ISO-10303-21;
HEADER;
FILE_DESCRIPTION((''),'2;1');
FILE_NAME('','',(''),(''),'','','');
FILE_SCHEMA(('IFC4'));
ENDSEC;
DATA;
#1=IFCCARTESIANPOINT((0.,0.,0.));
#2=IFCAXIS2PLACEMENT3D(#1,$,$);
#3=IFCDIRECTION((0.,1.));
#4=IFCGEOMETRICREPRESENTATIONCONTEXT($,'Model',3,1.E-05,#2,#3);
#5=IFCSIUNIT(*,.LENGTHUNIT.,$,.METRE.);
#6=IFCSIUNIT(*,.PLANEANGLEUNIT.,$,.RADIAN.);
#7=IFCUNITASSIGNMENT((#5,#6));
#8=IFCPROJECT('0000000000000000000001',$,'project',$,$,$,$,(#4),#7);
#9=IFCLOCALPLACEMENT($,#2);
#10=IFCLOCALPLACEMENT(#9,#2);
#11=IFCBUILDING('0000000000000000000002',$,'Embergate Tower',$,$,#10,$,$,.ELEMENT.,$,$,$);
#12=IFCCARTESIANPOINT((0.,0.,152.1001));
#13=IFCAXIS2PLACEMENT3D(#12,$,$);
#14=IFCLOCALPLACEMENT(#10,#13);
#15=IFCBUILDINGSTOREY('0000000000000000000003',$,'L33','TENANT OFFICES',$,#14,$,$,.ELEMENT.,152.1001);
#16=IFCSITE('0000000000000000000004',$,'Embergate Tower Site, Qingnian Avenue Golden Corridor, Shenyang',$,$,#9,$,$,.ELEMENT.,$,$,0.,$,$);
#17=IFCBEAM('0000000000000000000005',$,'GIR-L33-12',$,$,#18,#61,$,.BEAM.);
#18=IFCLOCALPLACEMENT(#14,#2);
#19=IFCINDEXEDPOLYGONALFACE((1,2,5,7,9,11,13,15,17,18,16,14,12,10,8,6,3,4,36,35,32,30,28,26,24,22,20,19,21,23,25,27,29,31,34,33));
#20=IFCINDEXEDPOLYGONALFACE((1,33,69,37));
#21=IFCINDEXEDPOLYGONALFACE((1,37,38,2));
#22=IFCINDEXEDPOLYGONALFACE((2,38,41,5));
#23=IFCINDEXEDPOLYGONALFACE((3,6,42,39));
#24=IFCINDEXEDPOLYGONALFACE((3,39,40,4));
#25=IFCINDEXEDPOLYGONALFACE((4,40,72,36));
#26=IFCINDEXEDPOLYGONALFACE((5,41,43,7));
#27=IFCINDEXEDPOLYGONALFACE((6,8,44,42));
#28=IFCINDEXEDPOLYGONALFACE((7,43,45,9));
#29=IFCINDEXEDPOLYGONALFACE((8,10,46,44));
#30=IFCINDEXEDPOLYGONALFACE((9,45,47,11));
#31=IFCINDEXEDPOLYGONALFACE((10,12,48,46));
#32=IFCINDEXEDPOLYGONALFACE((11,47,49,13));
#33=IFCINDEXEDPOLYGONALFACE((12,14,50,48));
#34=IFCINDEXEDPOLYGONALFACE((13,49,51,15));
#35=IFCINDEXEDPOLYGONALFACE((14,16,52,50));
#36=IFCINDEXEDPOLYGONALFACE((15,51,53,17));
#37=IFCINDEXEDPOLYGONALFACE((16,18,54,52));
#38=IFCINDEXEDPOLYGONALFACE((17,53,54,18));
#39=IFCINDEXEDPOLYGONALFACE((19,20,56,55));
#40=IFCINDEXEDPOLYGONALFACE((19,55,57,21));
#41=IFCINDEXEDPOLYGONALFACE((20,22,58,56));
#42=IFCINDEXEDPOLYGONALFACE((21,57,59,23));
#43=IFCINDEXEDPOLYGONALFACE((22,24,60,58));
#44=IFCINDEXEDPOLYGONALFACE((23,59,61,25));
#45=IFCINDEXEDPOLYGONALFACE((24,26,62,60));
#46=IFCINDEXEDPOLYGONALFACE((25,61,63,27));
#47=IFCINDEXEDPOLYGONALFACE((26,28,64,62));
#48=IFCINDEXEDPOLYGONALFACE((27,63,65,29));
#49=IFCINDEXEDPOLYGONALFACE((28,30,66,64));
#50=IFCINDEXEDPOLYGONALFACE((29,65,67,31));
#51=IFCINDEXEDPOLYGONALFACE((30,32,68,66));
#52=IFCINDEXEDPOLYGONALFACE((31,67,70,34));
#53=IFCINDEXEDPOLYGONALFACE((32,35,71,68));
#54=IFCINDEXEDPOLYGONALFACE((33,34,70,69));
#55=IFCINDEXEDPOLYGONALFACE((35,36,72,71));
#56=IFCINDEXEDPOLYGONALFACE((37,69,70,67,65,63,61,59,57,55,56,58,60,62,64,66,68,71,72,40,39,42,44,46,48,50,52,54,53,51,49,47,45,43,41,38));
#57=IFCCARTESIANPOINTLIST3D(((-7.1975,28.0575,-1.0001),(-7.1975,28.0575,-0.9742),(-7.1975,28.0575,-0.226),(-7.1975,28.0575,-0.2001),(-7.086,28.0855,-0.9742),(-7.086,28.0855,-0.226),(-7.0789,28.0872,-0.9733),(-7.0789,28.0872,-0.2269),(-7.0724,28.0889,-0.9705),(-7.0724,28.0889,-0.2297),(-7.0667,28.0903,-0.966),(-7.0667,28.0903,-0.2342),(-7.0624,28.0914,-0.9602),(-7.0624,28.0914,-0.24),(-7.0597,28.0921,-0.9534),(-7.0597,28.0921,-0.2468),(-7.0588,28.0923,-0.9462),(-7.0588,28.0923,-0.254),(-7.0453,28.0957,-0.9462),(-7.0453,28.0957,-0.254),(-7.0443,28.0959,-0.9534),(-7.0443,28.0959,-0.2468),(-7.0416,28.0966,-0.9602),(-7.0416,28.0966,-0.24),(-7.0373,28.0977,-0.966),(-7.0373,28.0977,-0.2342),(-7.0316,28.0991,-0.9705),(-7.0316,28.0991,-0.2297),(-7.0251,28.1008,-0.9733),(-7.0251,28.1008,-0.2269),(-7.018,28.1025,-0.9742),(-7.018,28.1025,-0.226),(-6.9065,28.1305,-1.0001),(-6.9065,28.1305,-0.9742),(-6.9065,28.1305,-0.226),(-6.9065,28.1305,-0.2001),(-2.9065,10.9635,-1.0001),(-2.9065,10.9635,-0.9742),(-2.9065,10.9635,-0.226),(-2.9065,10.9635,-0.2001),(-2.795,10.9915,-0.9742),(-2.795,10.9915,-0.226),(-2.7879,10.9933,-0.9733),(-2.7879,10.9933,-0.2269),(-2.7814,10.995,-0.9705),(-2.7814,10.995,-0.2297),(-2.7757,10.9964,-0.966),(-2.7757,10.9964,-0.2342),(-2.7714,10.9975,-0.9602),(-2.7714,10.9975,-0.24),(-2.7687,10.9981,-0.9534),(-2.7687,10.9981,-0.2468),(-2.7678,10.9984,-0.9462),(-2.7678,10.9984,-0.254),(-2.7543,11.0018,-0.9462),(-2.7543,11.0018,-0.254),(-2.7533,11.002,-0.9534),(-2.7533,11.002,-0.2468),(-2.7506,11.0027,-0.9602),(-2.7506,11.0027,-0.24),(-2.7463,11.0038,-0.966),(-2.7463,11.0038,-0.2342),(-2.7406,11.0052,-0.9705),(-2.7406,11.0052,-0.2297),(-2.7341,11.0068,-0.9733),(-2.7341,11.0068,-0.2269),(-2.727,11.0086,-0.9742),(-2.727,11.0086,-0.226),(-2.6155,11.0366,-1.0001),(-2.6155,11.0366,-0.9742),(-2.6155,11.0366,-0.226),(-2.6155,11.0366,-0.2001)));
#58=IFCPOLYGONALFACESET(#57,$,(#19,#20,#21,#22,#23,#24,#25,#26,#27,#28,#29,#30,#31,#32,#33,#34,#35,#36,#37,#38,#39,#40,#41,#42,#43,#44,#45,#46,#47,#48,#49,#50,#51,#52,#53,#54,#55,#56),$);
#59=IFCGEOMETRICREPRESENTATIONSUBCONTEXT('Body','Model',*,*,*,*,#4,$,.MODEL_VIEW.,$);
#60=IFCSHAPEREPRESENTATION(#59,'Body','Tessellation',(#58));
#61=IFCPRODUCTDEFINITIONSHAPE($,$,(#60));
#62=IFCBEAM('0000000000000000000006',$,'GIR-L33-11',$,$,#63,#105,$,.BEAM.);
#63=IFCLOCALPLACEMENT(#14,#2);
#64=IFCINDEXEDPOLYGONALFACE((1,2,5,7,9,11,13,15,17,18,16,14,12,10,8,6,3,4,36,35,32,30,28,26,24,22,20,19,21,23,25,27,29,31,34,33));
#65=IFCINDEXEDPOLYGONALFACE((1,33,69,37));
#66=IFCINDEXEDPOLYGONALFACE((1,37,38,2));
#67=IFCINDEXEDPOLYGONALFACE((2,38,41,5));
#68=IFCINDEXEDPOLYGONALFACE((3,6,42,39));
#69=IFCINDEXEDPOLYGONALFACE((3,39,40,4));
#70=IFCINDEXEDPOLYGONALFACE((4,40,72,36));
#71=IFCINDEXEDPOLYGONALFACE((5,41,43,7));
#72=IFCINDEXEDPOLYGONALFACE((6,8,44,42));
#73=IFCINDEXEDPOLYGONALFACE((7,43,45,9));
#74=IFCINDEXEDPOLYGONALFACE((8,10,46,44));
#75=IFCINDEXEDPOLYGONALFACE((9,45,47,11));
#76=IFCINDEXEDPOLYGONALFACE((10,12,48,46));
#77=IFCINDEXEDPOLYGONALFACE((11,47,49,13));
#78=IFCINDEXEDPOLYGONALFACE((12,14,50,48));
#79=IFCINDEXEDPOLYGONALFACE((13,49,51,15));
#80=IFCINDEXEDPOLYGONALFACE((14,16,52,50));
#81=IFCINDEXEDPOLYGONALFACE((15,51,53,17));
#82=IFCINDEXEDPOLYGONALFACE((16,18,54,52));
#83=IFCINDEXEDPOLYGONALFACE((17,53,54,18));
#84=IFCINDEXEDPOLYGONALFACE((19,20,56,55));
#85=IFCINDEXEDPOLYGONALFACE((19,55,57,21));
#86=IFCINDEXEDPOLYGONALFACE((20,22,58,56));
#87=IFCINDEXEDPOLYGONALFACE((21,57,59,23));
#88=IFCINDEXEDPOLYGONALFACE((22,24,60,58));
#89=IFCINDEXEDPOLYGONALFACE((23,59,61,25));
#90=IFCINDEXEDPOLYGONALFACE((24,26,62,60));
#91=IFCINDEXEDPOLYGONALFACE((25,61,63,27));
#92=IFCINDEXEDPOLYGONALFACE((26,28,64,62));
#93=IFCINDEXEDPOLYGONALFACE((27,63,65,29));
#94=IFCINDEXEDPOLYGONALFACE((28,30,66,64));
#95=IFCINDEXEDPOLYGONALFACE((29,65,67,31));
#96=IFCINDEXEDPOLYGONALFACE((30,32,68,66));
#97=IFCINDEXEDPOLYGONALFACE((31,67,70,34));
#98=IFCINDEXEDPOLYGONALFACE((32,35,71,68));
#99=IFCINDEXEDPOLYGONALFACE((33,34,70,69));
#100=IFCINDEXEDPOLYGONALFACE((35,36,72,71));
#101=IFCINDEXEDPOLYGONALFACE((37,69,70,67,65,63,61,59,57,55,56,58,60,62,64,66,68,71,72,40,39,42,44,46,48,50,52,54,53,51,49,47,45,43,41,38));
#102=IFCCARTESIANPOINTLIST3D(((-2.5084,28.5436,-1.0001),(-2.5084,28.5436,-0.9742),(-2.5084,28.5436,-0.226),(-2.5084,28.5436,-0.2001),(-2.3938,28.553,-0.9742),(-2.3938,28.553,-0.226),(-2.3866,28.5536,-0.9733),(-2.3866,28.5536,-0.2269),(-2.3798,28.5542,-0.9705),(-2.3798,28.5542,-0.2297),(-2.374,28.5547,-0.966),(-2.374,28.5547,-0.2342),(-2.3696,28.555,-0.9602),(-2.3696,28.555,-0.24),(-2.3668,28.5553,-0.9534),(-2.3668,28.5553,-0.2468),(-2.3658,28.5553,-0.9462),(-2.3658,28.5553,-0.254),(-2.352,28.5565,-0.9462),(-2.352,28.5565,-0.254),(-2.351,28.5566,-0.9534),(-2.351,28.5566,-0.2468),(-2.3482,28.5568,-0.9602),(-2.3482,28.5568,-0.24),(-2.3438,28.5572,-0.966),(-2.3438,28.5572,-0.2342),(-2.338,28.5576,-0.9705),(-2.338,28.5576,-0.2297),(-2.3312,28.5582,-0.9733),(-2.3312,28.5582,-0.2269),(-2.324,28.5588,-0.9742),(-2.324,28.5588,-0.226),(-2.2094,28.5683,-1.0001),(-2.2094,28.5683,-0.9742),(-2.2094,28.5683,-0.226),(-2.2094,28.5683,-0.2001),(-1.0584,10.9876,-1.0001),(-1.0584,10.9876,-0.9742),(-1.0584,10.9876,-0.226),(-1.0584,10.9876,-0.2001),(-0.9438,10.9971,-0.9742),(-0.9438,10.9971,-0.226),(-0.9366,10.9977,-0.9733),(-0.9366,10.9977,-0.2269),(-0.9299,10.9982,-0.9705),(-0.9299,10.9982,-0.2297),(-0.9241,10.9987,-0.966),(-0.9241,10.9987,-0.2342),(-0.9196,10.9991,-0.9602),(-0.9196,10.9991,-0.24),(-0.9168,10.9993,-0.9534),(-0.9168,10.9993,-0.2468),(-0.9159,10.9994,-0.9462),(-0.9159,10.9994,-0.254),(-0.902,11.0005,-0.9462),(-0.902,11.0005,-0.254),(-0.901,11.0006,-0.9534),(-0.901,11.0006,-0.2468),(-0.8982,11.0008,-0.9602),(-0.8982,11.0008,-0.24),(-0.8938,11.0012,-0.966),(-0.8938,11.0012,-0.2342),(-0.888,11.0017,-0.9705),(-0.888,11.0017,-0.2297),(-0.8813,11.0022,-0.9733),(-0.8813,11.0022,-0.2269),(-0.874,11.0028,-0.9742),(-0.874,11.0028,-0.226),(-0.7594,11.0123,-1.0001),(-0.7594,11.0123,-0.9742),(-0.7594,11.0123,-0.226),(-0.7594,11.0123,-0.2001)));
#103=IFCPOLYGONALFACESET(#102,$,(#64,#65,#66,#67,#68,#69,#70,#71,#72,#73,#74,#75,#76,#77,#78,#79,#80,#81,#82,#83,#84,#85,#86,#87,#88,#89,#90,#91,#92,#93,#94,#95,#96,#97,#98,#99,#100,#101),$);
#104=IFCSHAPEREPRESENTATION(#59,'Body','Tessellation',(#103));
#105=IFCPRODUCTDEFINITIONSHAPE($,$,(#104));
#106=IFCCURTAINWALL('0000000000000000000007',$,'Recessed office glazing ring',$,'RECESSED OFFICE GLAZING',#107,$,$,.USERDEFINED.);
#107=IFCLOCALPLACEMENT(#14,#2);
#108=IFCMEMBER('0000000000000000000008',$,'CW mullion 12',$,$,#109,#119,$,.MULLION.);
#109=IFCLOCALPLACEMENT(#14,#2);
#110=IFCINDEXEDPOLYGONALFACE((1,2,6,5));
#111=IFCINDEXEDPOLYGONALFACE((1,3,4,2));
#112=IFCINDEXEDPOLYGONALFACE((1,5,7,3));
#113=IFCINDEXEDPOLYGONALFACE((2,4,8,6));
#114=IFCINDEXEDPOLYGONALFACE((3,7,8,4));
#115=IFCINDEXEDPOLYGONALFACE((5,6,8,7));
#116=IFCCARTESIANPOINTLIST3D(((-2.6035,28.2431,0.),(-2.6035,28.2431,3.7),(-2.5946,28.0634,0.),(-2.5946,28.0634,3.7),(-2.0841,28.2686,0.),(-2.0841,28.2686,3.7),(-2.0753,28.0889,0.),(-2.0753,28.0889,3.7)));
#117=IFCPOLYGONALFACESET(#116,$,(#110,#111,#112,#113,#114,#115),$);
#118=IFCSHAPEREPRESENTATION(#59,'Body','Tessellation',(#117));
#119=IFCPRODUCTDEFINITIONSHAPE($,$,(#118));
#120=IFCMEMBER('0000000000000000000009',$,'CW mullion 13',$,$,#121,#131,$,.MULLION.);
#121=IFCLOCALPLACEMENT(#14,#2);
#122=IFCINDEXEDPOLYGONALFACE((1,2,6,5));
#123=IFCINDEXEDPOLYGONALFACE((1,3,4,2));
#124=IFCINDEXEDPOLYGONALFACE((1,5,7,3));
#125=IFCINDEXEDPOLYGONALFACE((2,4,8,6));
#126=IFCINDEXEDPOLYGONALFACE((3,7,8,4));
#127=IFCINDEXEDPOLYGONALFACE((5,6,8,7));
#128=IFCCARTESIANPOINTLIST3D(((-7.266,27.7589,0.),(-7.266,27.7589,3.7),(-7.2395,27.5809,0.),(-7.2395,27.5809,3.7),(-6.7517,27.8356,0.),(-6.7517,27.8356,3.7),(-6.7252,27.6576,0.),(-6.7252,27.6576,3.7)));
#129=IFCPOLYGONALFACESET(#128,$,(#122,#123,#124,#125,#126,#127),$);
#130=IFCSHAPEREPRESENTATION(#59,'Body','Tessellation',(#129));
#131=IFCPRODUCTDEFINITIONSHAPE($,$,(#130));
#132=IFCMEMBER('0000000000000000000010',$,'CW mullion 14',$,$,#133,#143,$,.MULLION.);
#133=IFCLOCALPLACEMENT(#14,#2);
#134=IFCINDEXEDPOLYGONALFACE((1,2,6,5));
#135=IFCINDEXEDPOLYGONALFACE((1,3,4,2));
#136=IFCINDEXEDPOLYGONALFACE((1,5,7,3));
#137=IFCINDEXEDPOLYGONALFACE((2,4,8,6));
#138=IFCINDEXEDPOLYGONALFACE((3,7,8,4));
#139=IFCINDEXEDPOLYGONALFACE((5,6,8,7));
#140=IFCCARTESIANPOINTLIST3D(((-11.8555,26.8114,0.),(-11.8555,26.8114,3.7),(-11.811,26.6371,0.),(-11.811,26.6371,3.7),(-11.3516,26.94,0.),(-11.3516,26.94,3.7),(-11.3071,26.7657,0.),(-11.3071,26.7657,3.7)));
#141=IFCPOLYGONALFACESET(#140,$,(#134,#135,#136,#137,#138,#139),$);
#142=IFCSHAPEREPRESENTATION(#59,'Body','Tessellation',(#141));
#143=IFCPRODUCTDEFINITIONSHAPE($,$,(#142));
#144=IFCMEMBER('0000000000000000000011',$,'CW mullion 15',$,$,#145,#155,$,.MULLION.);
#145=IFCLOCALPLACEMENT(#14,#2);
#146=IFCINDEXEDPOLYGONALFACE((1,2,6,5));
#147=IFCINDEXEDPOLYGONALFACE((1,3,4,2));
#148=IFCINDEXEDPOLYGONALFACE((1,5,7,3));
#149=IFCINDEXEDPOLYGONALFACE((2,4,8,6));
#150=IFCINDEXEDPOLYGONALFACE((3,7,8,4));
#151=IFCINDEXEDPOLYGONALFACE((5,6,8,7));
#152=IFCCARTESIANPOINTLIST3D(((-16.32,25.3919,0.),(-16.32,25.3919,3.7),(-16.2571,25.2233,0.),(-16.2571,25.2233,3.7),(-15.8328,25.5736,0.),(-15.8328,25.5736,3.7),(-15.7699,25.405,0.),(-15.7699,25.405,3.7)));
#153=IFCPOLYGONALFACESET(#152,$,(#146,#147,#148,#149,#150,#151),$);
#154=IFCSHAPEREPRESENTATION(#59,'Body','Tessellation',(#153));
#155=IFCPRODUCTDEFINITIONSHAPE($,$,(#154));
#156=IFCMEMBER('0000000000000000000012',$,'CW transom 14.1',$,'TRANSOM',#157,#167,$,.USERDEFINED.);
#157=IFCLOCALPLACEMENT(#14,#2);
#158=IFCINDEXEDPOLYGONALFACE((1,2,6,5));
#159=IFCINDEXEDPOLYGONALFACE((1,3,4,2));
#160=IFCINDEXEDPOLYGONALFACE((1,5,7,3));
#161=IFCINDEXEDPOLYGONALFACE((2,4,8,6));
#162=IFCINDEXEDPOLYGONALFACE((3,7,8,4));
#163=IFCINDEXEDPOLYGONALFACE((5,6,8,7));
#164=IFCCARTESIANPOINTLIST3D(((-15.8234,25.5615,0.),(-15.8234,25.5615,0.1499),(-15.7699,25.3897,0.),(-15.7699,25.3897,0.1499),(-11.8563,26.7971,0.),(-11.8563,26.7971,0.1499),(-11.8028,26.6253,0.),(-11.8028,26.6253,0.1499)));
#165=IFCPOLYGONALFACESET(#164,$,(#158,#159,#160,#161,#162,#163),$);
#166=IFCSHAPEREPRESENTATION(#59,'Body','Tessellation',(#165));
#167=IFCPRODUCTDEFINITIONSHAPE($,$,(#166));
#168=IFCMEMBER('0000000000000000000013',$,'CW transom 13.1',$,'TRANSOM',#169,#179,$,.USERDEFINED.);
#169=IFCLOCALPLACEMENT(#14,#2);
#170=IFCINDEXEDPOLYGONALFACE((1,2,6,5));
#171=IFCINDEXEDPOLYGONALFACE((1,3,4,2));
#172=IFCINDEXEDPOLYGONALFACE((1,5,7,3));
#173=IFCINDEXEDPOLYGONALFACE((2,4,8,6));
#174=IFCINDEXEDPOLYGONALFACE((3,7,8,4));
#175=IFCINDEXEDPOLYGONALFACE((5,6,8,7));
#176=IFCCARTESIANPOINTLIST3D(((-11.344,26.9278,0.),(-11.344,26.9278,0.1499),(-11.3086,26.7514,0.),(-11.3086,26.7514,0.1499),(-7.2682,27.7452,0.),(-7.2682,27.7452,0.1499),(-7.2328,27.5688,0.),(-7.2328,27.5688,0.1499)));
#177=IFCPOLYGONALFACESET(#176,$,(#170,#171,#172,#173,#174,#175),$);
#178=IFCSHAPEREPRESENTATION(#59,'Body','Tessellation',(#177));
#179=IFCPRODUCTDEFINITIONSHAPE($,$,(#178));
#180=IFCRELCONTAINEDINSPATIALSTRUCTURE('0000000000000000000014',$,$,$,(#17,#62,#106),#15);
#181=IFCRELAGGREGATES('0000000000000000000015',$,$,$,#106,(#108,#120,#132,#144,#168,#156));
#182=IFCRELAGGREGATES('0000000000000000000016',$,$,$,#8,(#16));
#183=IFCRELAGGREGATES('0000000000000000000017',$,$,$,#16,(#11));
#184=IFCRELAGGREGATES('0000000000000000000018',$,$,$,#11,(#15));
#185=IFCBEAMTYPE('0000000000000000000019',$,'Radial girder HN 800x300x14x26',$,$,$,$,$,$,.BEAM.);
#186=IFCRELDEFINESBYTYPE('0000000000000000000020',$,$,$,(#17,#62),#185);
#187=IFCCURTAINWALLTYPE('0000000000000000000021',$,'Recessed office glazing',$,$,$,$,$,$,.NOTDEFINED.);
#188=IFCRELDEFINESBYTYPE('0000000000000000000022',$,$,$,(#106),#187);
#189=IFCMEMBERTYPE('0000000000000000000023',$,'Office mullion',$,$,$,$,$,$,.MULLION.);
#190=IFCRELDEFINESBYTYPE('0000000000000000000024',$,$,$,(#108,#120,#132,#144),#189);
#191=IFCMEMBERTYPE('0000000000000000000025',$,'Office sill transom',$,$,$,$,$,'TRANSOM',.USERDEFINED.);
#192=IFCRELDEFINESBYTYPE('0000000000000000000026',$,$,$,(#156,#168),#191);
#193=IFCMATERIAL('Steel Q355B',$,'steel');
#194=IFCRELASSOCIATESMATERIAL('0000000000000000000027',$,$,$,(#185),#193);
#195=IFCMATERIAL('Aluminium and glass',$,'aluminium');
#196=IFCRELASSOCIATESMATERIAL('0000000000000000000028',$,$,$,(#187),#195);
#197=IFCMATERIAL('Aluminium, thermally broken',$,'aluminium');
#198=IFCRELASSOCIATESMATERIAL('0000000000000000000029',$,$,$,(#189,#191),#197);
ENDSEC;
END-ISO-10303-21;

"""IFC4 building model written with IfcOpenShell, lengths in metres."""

from ifc_helpers import new_model, si_unit, direction, frame, origin, origin_2d, place, context, subcontext, project, spatial, rectangle, i_section, extrude, source, transform, mapped, material, material_profile, profile_set, type_object, element, aggregate, save


model = new_model("IFC4")

# Units and contexts
model_context = context("Model", 3, precision=1e-05, world=origin(), true_north=direction((0.0, 1.0)))
body_context = subcontext(model_context, "Body", "Model", "MODEL_VIEW")
ifc_project = project(units=[si_unit("LENGTHUNIT", "METRE"), si_unit("PLANEANGLEUNIT", "RADIAN")], contexts=[model_context])

# Site, building, storey
site_placement = place(None, origin())
site = spatial("IfcSite", under=ifc_project, at=site_placement, Name="Embergate Tower Site, Qingnian Avenue Golden Corridor, Shenyang", CompositionType="ELEMENT", RefElevation=0.0)
building_placement = place(site_placement, origin())
building = spatial("IfcBuilding", under=site, at=building_placement, Name="Embergate Tower", CompositionType="ELEMENT")
storey_placement = place(building_placement, frame((0.0, 0.0, 152.1001)))
storey = spatial("IfcBuildingStorey", under=building, at=storey_placement, Name="L33", Description="TENANT OFFICES", CompositionType="ELEMENT", Elevation=152.1001)

# Beams
ifc_material_1 = material(Name="Steel Q355B", Category="steel")
ifc_material_profile_1 = material_profile(ifc_material_1, i_section(OverallWidth=0.3, OverallDepth=0.8, WebThickness=0.0139, FlangeThickness=0.0259, FilletRadius=0.0281, at=origin_2d()), Name="HN 800x300x14x26")
ifc_profile_set_1 = profile_set([ifc_material_profile_1], Name="Steel Q355 grade B")
beam_type_1 = type_object("IfcBeamType", Name="Radial girder HN 800x300x14x26", PredefinedType="BEAM", material=ifc_profile_set_1)
shared_shape_1 = source(origin(), body_context, "Body", "SweptSolid", [
    extrude(i_section(OverallWidth=0.3, OverallDepth=0.8, WebThickness=0.0139, FlangeThickness=0.0259, FilletRadius=0.0281, at=origin_2d()), origin(), (0.0, 0.0, 1.0), 17.6243),
])
beam_1_placement = place(storey_placement, frame((-7.052, 28.094, -0.6001), z_axis=(0.243471, -0.969908, 0.0), x_axis=(0.969908, 0.243471, 0.0)))
element("IfcBeam", 1, at=beam_1_placement, inside=storey, type_object=beam_type_1, Name="GIR-L33-12", PredefinedType="BEAM", context=body_context, shape_type="MappedRepresentation", body=[
    mapped(shared_shape_1, transform((0.0, 0.0, 0.0))),
])
shared_shape_2 = source(origin(), body_context, "Body", "SweptSolid", [
    extrude(i_section(OverallWidth=0.3, OverallDepth=0.8, WebThickness=0.0139, FlangeThickness=0.0259, FilletRadius=0.0281, at=origin_2d()), origin(), (0.0, 0.0, 1.0), 17.6157),
])
beam_2_placement = place(storey_placement, frame((-2.3589, 28.5559, -0.6001), z_axis=(0.08231, -0.996607, 0.0), x_axis=(0.996607, 0.08231, 0.0)))
element("IfcBeam", 2, at=beam_2_placement, inside=storey, type_object=beam_type_1, Name="GIR-L33-11", PredefinedType="BEAM", context=body_context, shape_type="MappedRepresentation", body=[
    mapped(shared_shape_2, transform((0.0, 0.0, 0.0))),
])

# Curtain wall, members
ifc_material_2 = material(Name="Aluminium and glass", Category="aluminium")
curtain_wall_type = type_object("IfcCurtainWallType", Name="Recessed office glazing", PredefinedType="NOTDEFINED", material=ifc_material_2)
curtain_wall_placement = place(storey_placement, origin())
curtain_wall = element("IfcCurtainWall", 3, at=curtain_wall_placement, inside=storey, type_object=curtain_wall_type, Name="Recessed office glazing ring", ObjectType="RECESSED OFFICE GLAZING", PredefinedType="USERDEFINED")
ifc_material_3 = material(Name="Aluminium, thermally broken", Category="aluminium")
ifc_material_profile_2 = material_profile(ifc_material_3, rectangle(XDim=0.1799, YDim=0.52, at=origin_2d()), Name="AL 520x180")
ifc_profile_set_2 = profile_set([ifc_material_profile_2], Name="Aluminium, thermally broken")
member_type_1 = type_object("IfcMemberType", Name="Office mullion", PredefinedType="MULLION", material=ifc_profile_set_2)
shared_shape_3 = source(origin(), body_context, "Body", "SweptSolid", [
    extrude(rectangle(XDim=0.1799, YDim=0.52, at=origin_2d()), origin(), (0.0, 0.0, 1.0), 3.7),
])
member_1_placement = place(storey_placement, frame((-2.3394, 28.166, 0.0), z_axis=(0.0, 0.0, 1.0), x_axis=(0.048972, -0.9988, 0.0)))
member_1 = element("IfcMember", 4, at=member_1_placement, type_object=member_type_1, Name="CW mullion 12", PredefinedType="MULLION", context=body_context, shape_type="MappedRepresentation", body=[
    mapped(shared_shape_3, transform((0.0, 0.0, 0.0))),
])
member_2_placement = place(storey_placement, frame((-6.9956, 27.7083, 0.0), z_axis=(0.0, 0.0, 1.0), x_axis=(0.147412, -0.989075, 0.0)))
member_2 = element("IfcMember", 5, at=member_2_placement, type_object=member_type_1, Name="CW mullion 13", PredefinedType="MULLION", context=body_context, shape_type="MappedRepresentation", body=[
    mapped(shared_shape_3, transform((0.0, 0.0, 0.0))),
])
member_3_placement = place(storey_placement, frame((-11.5813, 26.7886, 0.0), z_axis=(0.0, 0.0, 1.0), x_axis=(0.247312, -0.968936, 0.0)))
member_3 = element("IfcMember", 6, at=member_3_placement, type_object=member_type_1, Name="CW mullion 14", PredefinedType="MULLION", context=body_context, shape_type="MappedRepresentation", body=[
    mapped(shared_shape_3, transform((0.0, 0.0, 0.0))),
])
member_4_placement = place(storey_placement, frame((-16.0449, 25.3984, 0.0), z_axis=(0.0, 0.0, 1.0), x_axis=(0.349503, -0.936935, 0.0)))
member_4 = element("IfcMember", 7, at=member_4_placement, type_object=member_type_1, Name="CW mullion 15", PredefinedType="MULLION", context=body_context, shape_type="MappedRepresentation", body=[
    mapped(shared_shape_3, transform((0.0, 0.0, 0.0))),
])
ifc_material_profile_3 = material_profile(ifc_material_3, rectangle(XDim=0.1799, YDim=0.1499, at=origin_2d()), Name="AL 150x180")
ifc_profile_set_3 = profile_set([ifc_material_profile_3], Name="Aluminium, thermally broken")
member_type_2 = type_object("IfcMemberType", Name="Office sill transom", ElementType="TRANSOM", PredefinedType="USERDEFINED", material=ifc_profile_set_3)
shared_shape_4 = source(origin(), body_context, "Body", "SweptSolid", [
    extrude(rectangle(XDim=0.1799, YDim=0.1499, at=origin_2d()), origin(), (0.0, 0.0, 1.0), 4.155),
])
member_5_placement = place(storey_placement, frame((-11.8296, 26.7112, 0.075), z_axis=(-0.954761, -0.297375, 0.0), x_axis=(0.297375, -0.954761, 0.0)))
member_5 = element("IfcMember", 8, at=member_5_placement, type_object=member_type_2, Name="CW transom 14.1", ObjectType="TRANSOM", PredefinedType="USERDEFINED", context=body_context, shape_type="MappedRepresentation", body=[
    mapped(shared_shape_4, transform((0.0, 0.0, 0.0))),
])
shared_shape_5 = source(origin(), body_context, "Body", "SweptSolid", [
    extrude(rectangle(XDim=0.1799, YDim=0.1499, at=origin_2d()), origin(), (0.0, 0.0, 1.0), 4.157),
])
member_6_placement = place(storey_placement, frame((-7.2505, 27.657, 0.075), z_axis=(-0.980479, -0.196624, 0.0), x_axis=(0.196624, -0.980479, 0.0)))
member_6 = element("IfcMember", 9, at=member_6_placement, type_object=member_type_2, Name="CW transom 13.1", ObjectType="TRANSOM", PredefinedType="USERDEFINED", context=body_context, shape_type="MappedRepresentation", body=[
    mapped(shared_shape_5, transform((0.0, 0.0, 0.0))),
])
aggregate(curtain_wall, [member_1, member_2, member_3, member_4, member_6, member_5])

save(model, "model.ifc")
